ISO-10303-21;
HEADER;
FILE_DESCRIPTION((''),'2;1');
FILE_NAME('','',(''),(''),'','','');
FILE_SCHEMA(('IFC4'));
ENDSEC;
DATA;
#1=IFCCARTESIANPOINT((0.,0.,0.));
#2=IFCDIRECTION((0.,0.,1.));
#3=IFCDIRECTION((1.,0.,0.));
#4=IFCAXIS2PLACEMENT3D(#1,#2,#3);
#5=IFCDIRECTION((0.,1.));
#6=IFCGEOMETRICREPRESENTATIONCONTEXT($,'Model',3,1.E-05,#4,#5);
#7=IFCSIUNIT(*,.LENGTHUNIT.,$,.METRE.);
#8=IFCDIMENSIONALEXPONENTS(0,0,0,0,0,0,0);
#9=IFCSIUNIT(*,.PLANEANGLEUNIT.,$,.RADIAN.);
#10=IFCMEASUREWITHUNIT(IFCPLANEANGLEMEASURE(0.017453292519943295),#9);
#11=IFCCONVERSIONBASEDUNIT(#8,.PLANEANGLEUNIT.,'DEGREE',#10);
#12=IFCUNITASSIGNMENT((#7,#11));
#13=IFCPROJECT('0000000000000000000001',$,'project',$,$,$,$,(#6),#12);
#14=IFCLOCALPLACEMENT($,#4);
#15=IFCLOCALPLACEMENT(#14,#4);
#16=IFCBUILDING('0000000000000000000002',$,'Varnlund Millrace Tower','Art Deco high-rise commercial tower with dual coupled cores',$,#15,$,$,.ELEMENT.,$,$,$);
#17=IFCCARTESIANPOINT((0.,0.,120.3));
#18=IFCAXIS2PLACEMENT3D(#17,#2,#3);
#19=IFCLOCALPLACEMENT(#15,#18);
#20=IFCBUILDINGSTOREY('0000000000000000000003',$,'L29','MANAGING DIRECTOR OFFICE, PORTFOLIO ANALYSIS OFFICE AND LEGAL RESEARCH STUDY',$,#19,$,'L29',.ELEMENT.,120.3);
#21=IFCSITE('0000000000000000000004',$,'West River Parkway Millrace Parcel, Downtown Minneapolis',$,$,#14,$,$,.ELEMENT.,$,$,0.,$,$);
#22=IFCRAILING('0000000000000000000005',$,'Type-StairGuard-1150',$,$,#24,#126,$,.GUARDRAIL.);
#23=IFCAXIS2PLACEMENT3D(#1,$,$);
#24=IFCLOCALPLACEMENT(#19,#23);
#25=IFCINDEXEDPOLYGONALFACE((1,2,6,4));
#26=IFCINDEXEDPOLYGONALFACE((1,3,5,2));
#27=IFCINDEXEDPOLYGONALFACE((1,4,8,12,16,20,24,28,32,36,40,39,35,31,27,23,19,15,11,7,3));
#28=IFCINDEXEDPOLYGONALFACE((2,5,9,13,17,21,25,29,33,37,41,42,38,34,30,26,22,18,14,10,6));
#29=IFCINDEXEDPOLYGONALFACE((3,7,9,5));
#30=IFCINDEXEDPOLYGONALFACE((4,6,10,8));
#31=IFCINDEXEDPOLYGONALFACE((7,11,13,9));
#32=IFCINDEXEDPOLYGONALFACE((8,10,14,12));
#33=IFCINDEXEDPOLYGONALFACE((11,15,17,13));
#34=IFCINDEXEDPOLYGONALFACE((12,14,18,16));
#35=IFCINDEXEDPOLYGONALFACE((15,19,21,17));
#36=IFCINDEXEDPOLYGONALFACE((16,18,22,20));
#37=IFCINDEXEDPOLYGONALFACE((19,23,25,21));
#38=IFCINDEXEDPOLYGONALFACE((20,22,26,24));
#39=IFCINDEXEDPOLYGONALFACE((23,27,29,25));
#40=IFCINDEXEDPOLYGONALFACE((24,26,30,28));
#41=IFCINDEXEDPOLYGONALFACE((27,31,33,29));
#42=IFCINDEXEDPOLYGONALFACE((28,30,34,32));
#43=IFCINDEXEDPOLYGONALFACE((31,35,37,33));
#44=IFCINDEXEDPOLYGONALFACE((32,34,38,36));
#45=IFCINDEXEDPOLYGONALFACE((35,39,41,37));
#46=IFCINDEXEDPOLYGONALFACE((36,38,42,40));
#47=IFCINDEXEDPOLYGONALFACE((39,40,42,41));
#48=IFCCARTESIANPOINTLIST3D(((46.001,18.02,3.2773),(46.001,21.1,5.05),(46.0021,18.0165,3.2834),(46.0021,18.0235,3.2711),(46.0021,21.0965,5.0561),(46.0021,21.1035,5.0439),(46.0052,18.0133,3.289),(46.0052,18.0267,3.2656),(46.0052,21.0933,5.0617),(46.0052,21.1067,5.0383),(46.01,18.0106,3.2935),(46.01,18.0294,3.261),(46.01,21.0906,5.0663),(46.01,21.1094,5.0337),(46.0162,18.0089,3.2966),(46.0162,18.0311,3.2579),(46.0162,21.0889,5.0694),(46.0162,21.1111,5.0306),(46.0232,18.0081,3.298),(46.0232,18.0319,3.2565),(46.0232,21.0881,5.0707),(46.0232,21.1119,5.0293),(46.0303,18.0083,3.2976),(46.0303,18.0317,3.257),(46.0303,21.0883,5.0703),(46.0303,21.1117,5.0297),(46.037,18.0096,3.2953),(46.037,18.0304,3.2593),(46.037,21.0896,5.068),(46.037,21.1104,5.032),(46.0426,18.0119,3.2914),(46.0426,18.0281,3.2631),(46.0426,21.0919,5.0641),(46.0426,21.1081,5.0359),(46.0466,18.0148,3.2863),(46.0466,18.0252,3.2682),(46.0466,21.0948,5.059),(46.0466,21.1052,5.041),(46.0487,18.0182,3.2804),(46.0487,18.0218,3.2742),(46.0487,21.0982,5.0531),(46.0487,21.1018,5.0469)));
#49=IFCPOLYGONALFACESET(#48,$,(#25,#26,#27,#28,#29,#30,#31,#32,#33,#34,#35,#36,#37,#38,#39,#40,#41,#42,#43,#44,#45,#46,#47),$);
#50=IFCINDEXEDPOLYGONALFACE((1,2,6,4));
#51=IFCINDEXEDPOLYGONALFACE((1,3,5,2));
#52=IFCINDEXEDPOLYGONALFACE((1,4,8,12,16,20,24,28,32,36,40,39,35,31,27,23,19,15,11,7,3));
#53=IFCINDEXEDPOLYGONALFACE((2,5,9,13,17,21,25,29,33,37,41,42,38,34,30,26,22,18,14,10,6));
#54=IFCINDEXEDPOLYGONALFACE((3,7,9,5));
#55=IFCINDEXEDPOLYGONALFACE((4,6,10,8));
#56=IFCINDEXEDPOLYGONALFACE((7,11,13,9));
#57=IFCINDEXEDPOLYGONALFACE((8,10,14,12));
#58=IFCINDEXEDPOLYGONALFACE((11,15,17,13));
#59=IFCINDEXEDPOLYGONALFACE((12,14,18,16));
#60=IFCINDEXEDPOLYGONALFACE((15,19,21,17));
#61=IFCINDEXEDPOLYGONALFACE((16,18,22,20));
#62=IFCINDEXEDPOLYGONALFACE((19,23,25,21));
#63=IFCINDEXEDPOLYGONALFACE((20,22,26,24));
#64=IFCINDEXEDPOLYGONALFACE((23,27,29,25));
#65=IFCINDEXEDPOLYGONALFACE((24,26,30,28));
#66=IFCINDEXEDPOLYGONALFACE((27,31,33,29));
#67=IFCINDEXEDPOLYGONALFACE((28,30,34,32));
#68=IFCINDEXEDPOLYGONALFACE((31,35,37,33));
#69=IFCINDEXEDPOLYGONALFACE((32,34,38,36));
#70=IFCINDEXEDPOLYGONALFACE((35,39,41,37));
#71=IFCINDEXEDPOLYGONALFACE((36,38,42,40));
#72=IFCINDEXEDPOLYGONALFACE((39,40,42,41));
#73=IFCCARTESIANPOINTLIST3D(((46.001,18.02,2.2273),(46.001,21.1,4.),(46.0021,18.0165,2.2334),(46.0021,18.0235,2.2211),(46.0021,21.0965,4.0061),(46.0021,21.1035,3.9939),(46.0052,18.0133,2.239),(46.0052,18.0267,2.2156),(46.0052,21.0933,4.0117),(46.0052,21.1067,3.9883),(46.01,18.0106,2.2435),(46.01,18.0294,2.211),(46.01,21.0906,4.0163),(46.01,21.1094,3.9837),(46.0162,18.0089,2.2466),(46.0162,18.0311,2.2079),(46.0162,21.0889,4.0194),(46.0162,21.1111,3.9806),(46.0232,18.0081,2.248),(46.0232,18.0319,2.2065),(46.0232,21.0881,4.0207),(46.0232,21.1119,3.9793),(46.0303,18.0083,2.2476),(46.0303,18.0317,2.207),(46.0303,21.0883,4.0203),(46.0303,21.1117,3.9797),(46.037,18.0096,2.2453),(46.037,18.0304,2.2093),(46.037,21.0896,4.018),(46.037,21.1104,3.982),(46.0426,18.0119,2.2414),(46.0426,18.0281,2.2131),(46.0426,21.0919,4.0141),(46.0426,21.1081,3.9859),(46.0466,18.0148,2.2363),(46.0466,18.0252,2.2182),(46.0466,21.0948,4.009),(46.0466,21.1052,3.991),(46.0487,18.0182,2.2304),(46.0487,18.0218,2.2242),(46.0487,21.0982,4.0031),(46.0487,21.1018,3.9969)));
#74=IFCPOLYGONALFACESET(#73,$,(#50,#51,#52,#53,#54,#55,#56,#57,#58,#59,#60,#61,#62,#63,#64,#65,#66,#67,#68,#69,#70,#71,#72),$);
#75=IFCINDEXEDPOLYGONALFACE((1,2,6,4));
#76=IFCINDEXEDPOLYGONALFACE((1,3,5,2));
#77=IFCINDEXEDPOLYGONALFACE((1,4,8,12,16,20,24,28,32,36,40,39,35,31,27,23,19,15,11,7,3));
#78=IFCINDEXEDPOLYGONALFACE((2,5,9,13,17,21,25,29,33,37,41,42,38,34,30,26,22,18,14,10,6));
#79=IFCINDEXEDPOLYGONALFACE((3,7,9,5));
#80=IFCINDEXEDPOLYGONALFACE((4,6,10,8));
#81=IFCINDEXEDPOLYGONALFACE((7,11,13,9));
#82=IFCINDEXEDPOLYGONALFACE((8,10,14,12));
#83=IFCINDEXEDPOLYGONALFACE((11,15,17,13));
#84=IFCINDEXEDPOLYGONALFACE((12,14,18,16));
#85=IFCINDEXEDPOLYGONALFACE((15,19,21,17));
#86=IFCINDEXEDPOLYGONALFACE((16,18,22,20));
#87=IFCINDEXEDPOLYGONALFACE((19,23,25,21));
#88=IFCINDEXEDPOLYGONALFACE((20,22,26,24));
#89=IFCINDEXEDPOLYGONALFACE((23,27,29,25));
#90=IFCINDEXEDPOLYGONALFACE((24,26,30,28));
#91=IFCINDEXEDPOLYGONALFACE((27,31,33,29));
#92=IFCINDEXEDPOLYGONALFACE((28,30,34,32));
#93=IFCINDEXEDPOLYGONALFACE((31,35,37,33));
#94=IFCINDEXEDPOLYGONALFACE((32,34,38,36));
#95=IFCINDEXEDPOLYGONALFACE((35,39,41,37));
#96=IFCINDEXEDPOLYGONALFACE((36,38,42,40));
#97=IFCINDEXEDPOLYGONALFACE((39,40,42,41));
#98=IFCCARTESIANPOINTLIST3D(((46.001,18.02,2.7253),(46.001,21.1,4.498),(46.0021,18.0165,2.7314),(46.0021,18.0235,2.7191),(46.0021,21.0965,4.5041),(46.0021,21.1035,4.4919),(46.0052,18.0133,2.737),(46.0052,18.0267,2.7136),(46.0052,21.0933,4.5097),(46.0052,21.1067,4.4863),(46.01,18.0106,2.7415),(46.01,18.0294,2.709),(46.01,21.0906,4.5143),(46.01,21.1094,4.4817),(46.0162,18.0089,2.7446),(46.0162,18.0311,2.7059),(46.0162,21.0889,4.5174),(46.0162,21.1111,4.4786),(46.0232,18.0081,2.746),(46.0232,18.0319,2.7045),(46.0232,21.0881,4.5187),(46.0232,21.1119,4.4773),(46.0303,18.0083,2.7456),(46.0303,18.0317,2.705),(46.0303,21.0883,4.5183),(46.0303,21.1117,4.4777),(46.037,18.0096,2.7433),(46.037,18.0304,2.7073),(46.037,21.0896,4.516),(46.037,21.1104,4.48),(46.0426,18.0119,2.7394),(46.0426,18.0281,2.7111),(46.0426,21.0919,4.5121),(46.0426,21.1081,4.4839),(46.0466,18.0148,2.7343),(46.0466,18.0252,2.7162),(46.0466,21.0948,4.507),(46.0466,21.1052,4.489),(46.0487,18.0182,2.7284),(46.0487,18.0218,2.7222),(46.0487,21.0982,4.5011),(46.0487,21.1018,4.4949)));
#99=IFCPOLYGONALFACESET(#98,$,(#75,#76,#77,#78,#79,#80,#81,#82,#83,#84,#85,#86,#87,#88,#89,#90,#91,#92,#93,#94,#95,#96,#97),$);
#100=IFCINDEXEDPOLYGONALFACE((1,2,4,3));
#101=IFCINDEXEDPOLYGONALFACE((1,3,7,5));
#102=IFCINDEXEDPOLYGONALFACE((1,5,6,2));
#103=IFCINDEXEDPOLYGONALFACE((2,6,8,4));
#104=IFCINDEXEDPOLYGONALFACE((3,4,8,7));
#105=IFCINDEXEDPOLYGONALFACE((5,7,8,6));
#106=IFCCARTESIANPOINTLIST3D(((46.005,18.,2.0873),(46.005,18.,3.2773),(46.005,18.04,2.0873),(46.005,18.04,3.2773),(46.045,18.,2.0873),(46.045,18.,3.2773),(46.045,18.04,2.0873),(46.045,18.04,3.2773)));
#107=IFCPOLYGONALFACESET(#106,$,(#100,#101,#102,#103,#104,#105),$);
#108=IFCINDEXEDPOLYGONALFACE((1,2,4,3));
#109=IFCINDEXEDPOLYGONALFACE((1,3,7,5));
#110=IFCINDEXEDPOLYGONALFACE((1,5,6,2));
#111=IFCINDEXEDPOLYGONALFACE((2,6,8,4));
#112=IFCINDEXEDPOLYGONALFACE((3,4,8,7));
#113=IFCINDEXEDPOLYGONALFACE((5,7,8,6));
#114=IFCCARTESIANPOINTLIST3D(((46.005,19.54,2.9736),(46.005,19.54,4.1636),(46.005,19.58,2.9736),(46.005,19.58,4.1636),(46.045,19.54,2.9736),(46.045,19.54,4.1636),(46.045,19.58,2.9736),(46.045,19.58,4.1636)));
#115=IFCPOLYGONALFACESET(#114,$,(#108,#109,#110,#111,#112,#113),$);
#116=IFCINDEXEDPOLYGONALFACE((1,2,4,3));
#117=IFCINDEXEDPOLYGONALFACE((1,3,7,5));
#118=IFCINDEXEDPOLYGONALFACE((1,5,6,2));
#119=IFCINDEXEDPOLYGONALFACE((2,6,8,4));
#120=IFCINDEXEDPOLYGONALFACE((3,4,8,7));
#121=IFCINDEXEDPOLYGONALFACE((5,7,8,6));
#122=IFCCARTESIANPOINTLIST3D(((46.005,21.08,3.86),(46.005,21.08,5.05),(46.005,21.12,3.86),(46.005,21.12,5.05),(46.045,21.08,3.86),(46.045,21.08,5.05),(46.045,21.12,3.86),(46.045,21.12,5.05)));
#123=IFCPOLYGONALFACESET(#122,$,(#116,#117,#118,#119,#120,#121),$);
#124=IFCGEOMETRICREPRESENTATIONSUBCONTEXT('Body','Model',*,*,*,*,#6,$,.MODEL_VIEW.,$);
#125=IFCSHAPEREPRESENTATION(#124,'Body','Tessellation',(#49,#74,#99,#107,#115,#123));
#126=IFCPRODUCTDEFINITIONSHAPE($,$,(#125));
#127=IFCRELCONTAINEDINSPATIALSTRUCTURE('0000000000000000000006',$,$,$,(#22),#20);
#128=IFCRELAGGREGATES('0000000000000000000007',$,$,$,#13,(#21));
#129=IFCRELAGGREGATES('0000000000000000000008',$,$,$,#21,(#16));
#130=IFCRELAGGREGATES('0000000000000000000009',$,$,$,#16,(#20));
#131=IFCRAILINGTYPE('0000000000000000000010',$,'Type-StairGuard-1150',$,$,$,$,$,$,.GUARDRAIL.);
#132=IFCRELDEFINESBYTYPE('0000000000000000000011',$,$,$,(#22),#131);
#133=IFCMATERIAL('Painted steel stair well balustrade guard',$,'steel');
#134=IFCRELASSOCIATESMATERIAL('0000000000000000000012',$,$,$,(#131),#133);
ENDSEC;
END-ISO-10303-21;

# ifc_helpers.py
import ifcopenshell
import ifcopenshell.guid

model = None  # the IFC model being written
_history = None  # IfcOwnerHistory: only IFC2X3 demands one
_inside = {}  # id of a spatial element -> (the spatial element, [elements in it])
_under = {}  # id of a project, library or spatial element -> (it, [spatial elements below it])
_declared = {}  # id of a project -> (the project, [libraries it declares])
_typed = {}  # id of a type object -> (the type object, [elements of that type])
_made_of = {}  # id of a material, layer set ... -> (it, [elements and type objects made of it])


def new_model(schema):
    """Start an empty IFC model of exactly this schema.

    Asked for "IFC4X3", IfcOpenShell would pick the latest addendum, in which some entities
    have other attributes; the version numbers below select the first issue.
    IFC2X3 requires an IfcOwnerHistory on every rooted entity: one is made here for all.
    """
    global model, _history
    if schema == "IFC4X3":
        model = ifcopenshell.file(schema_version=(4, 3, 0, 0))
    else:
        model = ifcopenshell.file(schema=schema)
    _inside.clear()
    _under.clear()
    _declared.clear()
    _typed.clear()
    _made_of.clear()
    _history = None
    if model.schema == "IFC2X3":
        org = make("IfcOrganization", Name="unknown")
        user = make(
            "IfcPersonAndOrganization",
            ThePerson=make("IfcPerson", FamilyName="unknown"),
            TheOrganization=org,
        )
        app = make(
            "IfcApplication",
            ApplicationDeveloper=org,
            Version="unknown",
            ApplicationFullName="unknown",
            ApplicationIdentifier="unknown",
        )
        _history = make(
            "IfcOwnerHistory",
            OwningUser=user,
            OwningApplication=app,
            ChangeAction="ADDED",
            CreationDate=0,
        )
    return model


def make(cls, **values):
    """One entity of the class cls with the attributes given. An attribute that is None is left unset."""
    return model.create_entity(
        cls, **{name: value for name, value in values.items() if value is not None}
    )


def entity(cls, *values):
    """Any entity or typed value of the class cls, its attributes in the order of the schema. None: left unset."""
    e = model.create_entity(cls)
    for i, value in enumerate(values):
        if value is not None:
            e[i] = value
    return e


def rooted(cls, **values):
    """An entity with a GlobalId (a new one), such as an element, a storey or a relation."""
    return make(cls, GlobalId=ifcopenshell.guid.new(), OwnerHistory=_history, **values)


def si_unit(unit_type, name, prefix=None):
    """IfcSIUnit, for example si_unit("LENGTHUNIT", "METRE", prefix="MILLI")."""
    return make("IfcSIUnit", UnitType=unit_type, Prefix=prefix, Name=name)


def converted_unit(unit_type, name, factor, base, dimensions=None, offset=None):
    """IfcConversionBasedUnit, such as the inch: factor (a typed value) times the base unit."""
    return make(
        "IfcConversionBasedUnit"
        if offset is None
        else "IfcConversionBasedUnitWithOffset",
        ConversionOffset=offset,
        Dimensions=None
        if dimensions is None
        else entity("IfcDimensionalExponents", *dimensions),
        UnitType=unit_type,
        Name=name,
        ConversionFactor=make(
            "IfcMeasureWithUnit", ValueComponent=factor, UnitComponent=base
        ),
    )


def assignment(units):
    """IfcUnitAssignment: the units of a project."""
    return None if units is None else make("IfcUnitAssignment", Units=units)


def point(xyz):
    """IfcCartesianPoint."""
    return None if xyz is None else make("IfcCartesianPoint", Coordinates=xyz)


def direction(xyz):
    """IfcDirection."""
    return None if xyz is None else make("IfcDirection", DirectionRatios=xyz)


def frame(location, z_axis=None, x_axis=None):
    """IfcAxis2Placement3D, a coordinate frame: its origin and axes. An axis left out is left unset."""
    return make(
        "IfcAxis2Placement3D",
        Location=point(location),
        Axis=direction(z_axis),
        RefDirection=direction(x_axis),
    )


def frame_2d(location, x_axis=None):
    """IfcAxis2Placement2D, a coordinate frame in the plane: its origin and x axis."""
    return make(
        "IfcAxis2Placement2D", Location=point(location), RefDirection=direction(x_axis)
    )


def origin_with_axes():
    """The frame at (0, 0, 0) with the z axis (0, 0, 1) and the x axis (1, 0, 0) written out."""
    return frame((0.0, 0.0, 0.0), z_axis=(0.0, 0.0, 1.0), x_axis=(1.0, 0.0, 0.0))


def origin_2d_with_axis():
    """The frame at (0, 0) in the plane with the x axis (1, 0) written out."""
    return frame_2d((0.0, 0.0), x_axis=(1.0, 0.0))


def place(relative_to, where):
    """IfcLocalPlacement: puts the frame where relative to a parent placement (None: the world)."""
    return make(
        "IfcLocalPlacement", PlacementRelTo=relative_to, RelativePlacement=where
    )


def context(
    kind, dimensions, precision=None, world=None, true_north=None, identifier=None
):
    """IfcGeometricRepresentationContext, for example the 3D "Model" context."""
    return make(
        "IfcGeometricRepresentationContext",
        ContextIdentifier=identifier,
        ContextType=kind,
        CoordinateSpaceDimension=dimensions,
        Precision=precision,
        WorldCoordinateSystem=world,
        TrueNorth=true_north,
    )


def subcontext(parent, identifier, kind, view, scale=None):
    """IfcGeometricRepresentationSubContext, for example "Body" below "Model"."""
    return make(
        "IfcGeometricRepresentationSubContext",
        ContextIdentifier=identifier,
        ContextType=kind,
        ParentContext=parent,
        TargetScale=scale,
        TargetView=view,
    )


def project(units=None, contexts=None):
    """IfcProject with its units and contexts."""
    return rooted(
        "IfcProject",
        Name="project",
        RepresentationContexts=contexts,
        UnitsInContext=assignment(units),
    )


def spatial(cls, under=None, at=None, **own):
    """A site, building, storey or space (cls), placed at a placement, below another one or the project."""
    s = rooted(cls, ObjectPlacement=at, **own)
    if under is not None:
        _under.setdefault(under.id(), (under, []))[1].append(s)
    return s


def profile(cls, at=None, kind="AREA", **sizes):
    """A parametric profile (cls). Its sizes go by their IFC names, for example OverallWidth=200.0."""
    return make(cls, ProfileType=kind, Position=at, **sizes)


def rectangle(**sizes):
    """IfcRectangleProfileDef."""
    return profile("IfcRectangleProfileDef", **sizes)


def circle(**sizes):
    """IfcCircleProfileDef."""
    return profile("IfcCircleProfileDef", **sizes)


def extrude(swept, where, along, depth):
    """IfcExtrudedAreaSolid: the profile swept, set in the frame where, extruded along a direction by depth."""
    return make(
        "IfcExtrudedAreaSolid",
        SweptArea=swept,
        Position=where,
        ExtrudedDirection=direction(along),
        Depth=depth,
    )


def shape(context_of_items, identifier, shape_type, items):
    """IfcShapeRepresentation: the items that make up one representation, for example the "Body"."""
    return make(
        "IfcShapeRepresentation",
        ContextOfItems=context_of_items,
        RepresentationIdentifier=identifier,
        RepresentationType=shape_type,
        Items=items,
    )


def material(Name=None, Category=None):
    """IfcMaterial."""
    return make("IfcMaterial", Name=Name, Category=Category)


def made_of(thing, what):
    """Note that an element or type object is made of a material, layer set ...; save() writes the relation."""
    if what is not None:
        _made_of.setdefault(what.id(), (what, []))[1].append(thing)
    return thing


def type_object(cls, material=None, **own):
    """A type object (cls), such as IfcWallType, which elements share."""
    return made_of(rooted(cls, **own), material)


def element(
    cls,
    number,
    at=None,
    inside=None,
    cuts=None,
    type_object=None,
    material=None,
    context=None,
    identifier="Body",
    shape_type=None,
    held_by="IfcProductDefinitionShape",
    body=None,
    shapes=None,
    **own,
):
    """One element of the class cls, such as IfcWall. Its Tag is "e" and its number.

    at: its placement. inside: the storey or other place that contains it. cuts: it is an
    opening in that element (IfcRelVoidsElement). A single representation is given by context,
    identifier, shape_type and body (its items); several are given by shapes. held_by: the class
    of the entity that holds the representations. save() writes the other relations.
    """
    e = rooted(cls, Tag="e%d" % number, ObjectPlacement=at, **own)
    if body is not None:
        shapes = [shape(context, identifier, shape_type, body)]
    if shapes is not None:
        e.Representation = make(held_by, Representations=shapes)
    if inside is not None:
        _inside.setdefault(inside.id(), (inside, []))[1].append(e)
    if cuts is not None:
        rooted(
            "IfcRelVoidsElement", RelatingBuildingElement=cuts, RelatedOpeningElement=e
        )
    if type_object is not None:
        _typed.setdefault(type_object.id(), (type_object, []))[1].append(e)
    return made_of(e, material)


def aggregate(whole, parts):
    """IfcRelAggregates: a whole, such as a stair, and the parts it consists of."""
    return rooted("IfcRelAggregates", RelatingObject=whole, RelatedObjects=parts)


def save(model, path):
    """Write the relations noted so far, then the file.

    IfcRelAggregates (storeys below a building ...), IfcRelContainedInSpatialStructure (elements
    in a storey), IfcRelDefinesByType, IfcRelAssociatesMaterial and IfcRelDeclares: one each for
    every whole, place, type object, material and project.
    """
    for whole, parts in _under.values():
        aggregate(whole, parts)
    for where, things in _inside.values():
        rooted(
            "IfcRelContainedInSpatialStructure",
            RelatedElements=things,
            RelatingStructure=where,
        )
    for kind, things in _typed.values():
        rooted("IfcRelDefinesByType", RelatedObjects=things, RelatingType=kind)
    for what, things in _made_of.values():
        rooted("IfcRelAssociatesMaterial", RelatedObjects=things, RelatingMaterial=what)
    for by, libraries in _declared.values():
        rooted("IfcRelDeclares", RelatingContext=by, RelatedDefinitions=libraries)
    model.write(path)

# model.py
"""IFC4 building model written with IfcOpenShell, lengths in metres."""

from ifc_helpers import new_model, entity, si_unit, converted_unit, direction, frame, origin_with_axes, origin_2d_with_axis, place, context, subcontext, project, spatial, rectangle, circle, extrude, material, type_object, element, save


model = new_model("IFC4")

# Units and contexts
model_context = context("Model", 3, precision=1e-05, world=origin_with_axes(), true_north=direction((0.0, 1.0)))
body_context = subcontext(model_context, "Body", "Model", "MODEL_VIEW")
ifc_project = project(units=[si_unit("LENGTHUNIT", "METRE"), converted_unit("PLANEANGLEUNIT", "DEGREE", entity("IfcPlaneAngleMeasure", 0.017453292519943295), si_unit("PLANEANGLEUNIT", "RADIAN"), dimensions=[0, 0, 0, 0, 0, 0, 0])], contexts=[model_context])

# Site, building, storey
site_placement = place(None, origin_with_axes())
site = spatial("IfcSite", under=ifc_project, at=site_placement, Name="West River Parkway Millrace Parcel, Downtown Minneapolis", CompositionType="ELEMENT", RefElevation=0.0)
building_placement = place(site_placement, origin_with_axes())
building = spatial("IfcBuilding", under=site, at=building_placement, Name="Varnlund Millrace Tower", Description="Art Deco high-rise commercial tower with dual coupled cores", CompositionType="ELEMENT")
storey_placement = place(building_placement, frame((0.0, 0.0, 120.3), z_axis=(0.0, 0.0, 1.0), x_axis=(1.0, 0.0, 0.0)))
storey = spatial("IfcBuildingStorey", under=building, at=storey_placement, Name="L29", Description="MANAGING DIRECTOR OFFICE, PORTFOLIO ANALYSIS OFFICE AND LEGAL RESEARCH STUDY", LongName="L29", CompositionType="ELEMENT", Elevation=120.3)

# Railing
ifc_material_1 = material(Name="Painted steel stair well balustrade guard", Category="steel")
railing_type_1 = type_object("IfcRailingType", Name="Type-StairGuard-1150", PredefinedType="GUARDRAIL", material=ifc_material_1)
railing_1_placement = place(storey_placement, frame((0.0, 0.0, -120.3), z_axis=(0.0, 0.0, 1.0), x_axis=(1.0, 0.0, 0.0)))
element("IfcRailing", 1, at=railing_1_placement, inside=storey, type_object=railing_type_1, Name="Type-StairGuard-1150", PredefinedType="GUARDRAIL", context=body_context, shape_type="SweptSolid", body=[
    extrude(circle(Radius=0.024, at=origin_2d_with_axis()), frame((46.025, 18.02, 123.5773), z_axis=(0.0, 0.866696, 0.498836), x_axis=(-1.0, 0.0, 0.0)), (0.0, 0.0, 1.0), 3.5537),
    extrude(circle(Radius=0.024, at=origin_2d_with_axis()), frame((46.025, 18.02, 122.5273), z_axis=(0.0, 0.866696, 0.498836), x_axis=(-1.0, 0.0, 0.0)), (0.0, 0.0, 1.0), 3.5537),
    extrude(circle(Radius=0.024, at=origin_2d_with_axis()), frame((46.025, 18.02, 123.0253), z_axis=(0.0, 0.866696, 0.498836), x_axis=(-1.0, 0.0, 0.0)), (0.0, 0.0, 1.0), 3.5537),
    extrude(rectangle(XDim=0.04, YDim=0.04, at=origin_2d_with_axis()), frame((46.025, 18.02, 122.3873), z_axis=(0.0, 0.0, 1.0), x_axis=(1.0, 0.0, 0.0)), (0.0, 0.0, 1.0), 1.19),
    extrude(rectangle(XDim=0.04, YDim=0.04, at=origin_2d_with_axis()), frame((46.025, 19.56, 123.2736), z_axis=(0.0, 0.0, 1.0), x_axis=(1.0, 0.0, 0.0)), (0.0, 0.0, 1.0), 1.19),
    extrude(rectangle(XDim=0.04, YDim=0.04, at=origin_2d_with_axis()), frame((46.025, 21.1, 124.16), z_axis=(0.0, 0.0, 1.0), x_axis=(1.0, 0.0, 0.0)), (0.0, 0.0, 1.0), 1.19),
])

save(model, "model.ifc")
